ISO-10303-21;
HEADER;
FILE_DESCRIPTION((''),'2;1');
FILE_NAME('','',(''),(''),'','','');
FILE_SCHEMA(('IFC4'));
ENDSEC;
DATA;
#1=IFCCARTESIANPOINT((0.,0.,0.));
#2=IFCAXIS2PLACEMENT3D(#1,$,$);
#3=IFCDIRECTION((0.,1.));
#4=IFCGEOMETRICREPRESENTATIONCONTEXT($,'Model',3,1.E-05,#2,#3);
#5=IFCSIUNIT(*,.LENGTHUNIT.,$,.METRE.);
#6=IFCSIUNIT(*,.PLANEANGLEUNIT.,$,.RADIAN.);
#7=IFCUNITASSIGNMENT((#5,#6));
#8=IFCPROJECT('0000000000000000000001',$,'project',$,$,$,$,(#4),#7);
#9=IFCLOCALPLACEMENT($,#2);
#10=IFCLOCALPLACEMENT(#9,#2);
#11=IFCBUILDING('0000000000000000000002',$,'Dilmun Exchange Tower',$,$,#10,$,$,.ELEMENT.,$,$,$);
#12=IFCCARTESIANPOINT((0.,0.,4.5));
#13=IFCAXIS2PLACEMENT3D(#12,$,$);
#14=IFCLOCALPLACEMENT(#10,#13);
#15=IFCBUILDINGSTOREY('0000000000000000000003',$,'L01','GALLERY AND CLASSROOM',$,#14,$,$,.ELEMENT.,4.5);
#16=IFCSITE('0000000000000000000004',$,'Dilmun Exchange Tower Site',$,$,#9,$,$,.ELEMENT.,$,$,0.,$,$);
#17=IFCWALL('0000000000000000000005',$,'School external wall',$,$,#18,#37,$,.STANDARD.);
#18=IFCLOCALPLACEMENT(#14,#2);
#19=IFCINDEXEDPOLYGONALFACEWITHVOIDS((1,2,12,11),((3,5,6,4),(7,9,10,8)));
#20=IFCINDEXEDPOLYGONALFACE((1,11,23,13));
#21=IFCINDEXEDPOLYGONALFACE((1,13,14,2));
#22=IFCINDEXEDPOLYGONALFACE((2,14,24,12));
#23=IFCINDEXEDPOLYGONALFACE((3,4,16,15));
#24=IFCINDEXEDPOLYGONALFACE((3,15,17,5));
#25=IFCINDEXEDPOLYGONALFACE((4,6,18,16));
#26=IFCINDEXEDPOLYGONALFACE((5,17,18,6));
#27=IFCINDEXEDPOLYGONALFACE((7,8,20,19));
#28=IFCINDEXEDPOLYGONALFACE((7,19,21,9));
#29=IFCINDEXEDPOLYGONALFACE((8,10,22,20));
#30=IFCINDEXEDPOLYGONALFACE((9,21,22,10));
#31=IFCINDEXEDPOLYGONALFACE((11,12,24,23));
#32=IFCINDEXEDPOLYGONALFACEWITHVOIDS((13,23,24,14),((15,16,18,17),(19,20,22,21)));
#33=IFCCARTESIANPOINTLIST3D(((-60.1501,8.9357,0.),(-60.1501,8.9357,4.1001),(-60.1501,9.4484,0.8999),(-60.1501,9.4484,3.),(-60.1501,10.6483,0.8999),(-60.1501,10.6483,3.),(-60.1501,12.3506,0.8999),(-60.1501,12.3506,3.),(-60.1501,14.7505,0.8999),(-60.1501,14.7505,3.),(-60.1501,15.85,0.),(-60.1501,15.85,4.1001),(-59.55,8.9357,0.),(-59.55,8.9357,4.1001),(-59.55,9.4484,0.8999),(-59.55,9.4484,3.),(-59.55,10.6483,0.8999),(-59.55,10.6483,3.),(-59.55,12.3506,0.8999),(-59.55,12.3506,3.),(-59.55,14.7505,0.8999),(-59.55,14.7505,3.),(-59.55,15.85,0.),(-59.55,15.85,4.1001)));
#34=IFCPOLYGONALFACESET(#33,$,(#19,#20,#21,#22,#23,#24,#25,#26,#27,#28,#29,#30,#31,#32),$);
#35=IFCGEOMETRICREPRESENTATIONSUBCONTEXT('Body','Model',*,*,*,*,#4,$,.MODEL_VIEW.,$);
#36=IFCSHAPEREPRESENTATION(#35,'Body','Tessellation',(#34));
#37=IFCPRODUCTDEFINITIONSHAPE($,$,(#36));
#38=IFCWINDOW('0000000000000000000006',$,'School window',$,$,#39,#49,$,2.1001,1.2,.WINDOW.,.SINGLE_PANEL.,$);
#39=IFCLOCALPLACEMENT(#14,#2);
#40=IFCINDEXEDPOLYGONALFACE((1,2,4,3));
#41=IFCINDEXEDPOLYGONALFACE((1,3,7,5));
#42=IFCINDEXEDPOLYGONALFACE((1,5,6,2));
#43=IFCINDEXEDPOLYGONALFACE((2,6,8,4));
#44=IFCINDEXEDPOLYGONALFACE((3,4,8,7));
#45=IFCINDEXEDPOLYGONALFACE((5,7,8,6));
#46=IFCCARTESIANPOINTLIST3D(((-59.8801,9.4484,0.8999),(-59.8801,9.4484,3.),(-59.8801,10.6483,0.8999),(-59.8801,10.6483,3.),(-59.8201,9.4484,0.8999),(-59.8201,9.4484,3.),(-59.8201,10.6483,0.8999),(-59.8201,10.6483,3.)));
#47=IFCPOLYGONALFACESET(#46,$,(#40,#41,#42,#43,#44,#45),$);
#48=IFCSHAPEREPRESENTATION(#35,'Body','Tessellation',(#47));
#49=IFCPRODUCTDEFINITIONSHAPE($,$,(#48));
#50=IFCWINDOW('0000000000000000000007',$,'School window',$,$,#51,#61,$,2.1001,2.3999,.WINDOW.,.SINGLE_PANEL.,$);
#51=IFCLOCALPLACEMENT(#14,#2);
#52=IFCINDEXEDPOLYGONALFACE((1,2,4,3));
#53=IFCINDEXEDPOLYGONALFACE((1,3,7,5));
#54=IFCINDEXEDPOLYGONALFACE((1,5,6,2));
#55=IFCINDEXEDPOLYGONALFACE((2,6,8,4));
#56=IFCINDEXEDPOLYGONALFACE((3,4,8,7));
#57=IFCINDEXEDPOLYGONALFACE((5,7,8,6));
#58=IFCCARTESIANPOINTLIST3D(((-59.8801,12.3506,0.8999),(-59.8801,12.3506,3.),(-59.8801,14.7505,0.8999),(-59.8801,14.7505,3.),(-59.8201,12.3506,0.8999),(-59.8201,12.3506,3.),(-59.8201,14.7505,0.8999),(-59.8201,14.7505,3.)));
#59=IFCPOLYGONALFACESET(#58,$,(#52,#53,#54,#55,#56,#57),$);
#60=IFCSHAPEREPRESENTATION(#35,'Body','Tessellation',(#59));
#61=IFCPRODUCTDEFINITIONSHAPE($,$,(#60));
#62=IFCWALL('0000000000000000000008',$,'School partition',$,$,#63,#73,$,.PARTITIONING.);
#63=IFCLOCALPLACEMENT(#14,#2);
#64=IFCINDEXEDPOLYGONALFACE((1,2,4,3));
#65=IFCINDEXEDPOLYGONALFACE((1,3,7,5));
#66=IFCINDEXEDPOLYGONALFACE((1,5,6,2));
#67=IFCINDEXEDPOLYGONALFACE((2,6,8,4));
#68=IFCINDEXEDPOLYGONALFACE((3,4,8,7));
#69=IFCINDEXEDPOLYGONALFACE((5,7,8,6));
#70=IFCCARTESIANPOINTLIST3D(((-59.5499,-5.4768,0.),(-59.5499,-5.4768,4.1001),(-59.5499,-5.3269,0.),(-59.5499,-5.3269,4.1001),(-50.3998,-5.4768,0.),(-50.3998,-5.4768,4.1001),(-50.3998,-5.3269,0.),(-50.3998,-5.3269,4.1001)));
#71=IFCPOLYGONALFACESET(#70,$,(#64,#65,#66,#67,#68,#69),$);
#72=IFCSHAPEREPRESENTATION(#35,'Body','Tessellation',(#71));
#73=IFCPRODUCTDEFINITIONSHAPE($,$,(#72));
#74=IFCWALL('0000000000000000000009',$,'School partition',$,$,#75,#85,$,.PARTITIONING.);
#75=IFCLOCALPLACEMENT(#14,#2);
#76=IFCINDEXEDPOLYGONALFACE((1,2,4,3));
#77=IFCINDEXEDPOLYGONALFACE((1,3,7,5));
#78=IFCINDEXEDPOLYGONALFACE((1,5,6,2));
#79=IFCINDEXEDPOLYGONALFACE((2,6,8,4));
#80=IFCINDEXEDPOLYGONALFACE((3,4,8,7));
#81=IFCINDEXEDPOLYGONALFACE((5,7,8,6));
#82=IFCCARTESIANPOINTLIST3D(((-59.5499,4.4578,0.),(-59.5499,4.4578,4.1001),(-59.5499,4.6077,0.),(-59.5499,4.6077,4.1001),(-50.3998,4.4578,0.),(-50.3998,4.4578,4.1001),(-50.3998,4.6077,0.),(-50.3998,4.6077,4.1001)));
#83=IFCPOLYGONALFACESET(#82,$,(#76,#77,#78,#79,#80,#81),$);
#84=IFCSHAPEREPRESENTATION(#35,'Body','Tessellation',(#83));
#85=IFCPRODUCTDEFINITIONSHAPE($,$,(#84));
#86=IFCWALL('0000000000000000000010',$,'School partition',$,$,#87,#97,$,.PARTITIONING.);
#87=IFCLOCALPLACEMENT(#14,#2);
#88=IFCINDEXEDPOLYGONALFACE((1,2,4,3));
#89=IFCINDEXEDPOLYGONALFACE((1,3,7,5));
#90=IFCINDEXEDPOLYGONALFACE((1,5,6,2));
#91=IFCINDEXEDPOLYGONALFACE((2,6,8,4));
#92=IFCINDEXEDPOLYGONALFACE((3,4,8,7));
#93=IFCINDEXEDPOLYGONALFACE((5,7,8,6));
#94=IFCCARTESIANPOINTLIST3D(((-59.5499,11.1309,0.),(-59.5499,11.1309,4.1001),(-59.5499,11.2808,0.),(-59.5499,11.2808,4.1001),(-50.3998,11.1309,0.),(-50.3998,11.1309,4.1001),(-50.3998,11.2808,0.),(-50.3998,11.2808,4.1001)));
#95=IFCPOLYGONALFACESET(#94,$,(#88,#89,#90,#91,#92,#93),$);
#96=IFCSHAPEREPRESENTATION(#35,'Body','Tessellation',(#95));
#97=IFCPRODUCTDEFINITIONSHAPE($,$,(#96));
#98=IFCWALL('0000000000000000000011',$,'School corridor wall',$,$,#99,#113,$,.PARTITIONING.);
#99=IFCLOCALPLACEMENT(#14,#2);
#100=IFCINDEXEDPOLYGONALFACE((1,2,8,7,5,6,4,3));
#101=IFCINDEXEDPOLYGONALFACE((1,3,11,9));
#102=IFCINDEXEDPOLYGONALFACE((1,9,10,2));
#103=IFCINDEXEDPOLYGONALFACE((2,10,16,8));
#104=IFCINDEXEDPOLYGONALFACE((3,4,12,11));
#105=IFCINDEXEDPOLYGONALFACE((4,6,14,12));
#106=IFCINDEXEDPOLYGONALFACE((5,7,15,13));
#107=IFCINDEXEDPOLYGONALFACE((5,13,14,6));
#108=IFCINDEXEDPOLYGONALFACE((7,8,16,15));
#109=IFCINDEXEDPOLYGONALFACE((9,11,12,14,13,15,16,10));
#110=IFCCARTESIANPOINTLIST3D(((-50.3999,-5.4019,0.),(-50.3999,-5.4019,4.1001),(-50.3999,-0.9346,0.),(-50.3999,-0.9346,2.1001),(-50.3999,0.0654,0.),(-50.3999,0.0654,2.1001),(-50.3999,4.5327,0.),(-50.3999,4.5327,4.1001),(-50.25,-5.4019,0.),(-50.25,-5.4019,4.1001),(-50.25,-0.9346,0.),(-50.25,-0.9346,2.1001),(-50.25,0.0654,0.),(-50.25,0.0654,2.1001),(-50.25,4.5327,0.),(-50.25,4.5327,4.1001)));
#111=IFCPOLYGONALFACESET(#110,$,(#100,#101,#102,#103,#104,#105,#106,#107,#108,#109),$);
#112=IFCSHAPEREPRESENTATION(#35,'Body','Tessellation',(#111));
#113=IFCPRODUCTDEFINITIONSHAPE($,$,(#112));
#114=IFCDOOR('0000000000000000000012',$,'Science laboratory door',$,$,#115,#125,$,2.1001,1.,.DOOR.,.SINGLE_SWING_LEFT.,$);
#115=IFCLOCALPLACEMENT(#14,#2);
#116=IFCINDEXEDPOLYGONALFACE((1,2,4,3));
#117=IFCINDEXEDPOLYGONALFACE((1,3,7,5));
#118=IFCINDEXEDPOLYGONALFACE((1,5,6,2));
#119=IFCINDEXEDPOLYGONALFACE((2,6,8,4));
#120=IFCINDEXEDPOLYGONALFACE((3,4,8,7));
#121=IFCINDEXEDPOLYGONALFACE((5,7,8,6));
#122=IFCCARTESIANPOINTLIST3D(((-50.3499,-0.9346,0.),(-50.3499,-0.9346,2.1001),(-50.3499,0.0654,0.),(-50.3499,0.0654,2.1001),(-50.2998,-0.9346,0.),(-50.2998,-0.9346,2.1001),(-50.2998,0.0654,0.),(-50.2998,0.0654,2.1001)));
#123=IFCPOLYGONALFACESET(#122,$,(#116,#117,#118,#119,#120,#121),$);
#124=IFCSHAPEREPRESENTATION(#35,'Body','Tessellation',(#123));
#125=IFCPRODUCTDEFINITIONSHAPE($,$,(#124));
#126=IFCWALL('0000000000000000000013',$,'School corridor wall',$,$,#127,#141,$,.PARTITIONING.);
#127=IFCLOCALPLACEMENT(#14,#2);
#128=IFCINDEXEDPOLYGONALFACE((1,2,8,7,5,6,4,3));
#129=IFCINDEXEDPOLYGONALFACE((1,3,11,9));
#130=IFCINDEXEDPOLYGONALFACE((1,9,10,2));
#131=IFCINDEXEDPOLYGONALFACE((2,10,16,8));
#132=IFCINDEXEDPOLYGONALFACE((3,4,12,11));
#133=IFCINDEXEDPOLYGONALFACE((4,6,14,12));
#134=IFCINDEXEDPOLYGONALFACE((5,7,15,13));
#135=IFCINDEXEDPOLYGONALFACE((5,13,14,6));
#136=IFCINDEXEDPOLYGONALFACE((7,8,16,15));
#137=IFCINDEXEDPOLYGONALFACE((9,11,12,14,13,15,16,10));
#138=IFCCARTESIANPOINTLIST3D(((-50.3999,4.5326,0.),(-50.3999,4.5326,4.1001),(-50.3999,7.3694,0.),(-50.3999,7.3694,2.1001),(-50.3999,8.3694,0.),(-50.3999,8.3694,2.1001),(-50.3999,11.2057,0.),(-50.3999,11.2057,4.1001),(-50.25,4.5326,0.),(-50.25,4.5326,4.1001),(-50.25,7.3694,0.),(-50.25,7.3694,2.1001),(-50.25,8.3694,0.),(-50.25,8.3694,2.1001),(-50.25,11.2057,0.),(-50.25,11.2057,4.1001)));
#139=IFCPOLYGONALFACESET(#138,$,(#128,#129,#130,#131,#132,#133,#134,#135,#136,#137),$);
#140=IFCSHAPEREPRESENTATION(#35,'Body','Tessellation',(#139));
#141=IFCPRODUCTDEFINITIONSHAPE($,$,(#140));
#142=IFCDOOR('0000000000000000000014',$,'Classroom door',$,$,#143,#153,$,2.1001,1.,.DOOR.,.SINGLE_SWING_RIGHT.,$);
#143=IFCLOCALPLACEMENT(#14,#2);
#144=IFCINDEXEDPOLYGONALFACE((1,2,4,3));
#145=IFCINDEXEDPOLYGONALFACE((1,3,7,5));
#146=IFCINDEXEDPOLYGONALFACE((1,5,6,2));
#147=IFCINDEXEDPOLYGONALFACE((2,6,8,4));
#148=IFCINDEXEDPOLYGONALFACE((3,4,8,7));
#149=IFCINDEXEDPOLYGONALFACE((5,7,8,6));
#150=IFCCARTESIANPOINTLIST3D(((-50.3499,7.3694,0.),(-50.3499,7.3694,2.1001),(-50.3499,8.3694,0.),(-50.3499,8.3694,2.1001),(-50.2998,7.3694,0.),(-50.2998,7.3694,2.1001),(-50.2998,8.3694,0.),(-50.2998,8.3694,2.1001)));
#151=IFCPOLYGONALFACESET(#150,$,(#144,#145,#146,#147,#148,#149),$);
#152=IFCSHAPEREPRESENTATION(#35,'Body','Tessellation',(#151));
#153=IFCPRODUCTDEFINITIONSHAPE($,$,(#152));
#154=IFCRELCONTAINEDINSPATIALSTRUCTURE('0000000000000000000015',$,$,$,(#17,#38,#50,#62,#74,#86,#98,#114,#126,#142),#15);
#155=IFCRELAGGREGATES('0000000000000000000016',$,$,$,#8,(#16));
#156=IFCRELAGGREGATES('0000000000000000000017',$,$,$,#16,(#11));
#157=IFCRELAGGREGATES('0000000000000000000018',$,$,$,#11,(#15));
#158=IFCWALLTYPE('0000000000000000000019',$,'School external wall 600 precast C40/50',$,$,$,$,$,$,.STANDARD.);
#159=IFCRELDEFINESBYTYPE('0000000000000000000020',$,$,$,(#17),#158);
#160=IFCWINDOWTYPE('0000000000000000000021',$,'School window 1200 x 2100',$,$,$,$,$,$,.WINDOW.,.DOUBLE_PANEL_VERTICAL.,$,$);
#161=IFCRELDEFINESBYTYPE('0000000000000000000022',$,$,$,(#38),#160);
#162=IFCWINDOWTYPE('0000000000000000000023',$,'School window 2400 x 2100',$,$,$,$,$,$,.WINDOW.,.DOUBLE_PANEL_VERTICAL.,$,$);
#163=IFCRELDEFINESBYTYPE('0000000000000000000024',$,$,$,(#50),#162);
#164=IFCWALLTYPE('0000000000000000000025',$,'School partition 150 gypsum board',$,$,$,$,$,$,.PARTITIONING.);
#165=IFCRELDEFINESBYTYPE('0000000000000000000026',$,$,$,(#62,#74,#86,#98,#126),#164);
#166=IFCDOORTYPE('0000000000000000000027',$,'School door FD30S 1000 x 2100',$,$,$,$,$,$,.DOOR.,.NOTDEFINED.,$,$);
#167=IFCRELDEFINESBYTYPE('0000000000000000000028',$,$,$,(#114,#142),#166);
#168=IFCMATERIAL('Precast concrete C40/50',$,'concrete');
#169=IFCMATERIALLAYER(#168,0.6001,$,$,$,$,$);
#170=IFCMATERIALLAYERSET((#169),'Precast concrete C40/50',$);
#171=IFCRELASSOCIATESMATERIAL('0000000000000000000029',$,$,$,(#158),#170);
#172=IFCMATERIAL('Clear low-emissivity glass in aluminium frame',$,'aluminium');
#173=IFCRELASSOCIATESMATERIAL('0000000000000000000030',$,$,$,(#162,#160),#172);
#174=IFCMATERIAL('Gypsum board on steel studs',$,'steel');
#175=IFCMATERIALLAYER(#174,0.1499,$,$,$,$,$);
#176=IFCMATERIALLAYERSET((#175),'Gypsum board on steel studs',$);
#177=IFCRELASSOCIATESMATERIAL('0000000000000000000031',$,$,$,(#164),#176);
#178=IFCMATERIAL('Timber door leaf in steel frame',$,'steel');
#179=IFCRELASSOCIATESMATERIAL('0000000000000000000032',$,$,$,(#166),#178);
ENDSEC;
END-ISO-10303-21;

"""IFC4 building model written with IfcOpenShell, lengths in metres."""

from ifc_helpers import new_model, si_unit, direction, frame, frame_2d, origin, place, context, subcontext, project, spatial, rectangle, extrude, material, layer, layer_set, type_object, element, fill, save


model = new_model("IFC4")

# Units and contexts
model_context = context("Model", 3, precision=1e-05, world=origin(), true_north=direction((0.0, 1.0)))
body_context = subcontext(model_context, "Body", "Model", "MODEL_VIEW")
ifc_project = project(units=[si_unit("LENGTHUNIT", "METRE"), si_unit("PLANEANGLEUNIT", "RADIAN")], contexts=[model_context])

# Site, building, storey
site_placement = place(None, origin())
site = spatial("IfcSite", under=ifc_project, at=site_placement, Name="Dilmun Exchange Tower Site", CompositionType="ELEMENT", RefElevation=0.0)
building_placement = place(site_placement, origin())
building = spatial("IfcBuilding", under=site, at=building_placement, Name="Dilmun Exchange Tower", CompositionType="ELEMENT")
storey_placement = place(building_placement, frame((0.0, 0.0, 4.5)))
storey = spatial("IfcBuildingStorey", under=building, at=storey_placement, Name="L01", Description="GALLERY AND CLASSROOM", CompositionType="ELEMENT", Elevation=4.5)

# Shared definitions
ifc_material_1 = material(Name="Precast concrete C40/50", Category="concrete")
ifc_layer_1 = layer(ifc_material_1, 0.6001)
ifc_layer_set_1 = layer_set([ifc_layer_1], Name="Precast concrete C40/50")
wall_type_1 = type_object("IfcWallType", Name="School external wall 600 precast C40/50", PredefinedType="STANDARD", material=ifc_layer_set_1)
ifc_material_2 = material(Name="Clear low-emissivity glass in aluminium frame", Category="aluminium")
window_type_1 = type_object("IfcWindowType", Name="School window 2400 x 2100", PartitioningType="DOUBLE_PANEL_VERTICAL", PredefinedType="WINDOW", material=ifc_material_2)

# Wall, openings, windows
wall_1_placement = place(storey_placement, frame((-59.8501, 8.9358, 0.0), z_axis=(0.0, 0.0, 1.0), x_axis=(0.0, 1.0, 0.0)))
wall_1 = element("IfcWall", 1, at=wall_1_placement, inside=storey, type_object=wall_type_1, Name="School external wall", PredefinedType="STANDARD", context=body_context, shape_type="SweptSolid", body=[
    extrude(rectangle(XDim=6.9143, YDim=0.6001, at=frame_2d((3.457, 0.0))), origin(), (0.0, 0.0, 1.0), 4.1001),
])
opening_1_placement = place(wall_1_placement, frame((0.5125, 0.0, 0.8999)))
opening_1 = element("IfcOpeningElement", 2, at=opening_1_placement, cuts=wall_1, PredefinedType="OPENING", context=body_context, shape_type="SweptSolid", body=[
    extrude(rectangle(XDim=1.2, YDim=2.1001, at=frame_2d((0.6001, 1.05))), frame((0.0, 0.3101, 0.0), z_axis=(0.0, -1.0, 0.0), x_axis=(1.0, 0.0, 0.0)), (0.0, 0.0, 1.0), 0.6201),
])
opening_2_placement = place(wall_1_placement, frame((3.4148, 0.0, 0.8999)))
opening_2 = element("IfcOpeningElement", 3, at=opening_2_placement, cuts=wall_1, PredefinedType="OPENING", context=body_context, shape_type="SweptSolid", body=[
    extrude(rectangle(XDim=2.3999, YDim=2.1001, at=frame_2d((1.2, 1.05))), frame((0.0, 0.3101, 0.0), z_axis=(0.0, -1.0, 0.0), x_axis=(1.0, 0.0, 0.0)), (0.0, 0.0, 1.0), 0.6201),
])
window_type_2 = type_object("IfcWindowType", Name="School window 1200 x 2100", PartitioningType="DOUBLE_PANEL_VERTICAL", PredefinedType="WINDOW", material=ifc_material_2)
window_1_placement = place(opening_1_placement, origin())
window_1 = element("IfcWindow", 4, at=window_1_placement, inside=storey, type_object=window_type_2, Name="School window", OverallHeight=2.1001, OverallWidth=1.2, PartitioningType="SINGLE_PANEL", PredefinedType="WINDOW", context=body_context, shape_type="SweptSolid", body=[
    extrude(rectangle(XDim=1.2, YDim=2.1001, at=frame_2d((0.6001, 1.05))), frame((0.0, 0.03, 0.0), z_axis=(0.0, -1.0, 0.0), x_axis=(1.0, 0.0, 0.0)), (0.0, 0.0, 1.0), 0.0601),
])
fill(opening_1, window_1)
window_2_placement = place(opening_2_placement, origin())
window_2 = element("IfcWindow", 5, at=window_2_placement, inside=storey, type_object=window_type_1, Name="School window", OverallHeight=2.1001, OverallWidth=2.3999, PartitioningType="SINGLE_PANEL", PredefinedType="WINDOW", context=body_context, shape_type="SweptSolid", body=[
    extrude(rectangle(XDim=2.3999, YDim=2.1001, at=frame_2d((1.2, 1.05))), frame((0.0, 0.03, 0.0), z_axis=(0.0, -1.0, 0.0), x_axis=(1.0, 0.0, 0.0)), (0.0, 0.0, 1.0), 0.0601),
])
fill(opening_2, window_2)

# Walls
ifc_material_3 = material(Name="Gypsum board on steel studs", Category="steel")
ifc_layer_2 = layer(ifc_material_3, 0.1499)
ifc_layer_set_2 = layer_set([ifc_layer_2], Name="Gypsum board on steel studs")
wall_type_2 = type_object("IfcWallType", Name="School partition 150 gypsum board", PredefinedType="PARTITIONING", material=ifc_layer_set_2)
for number, where, z_axis, x_axis, name in (
    (6, (-59.55, -5.4019, 0.0), (0.0, 0.0, 1.0), (1.0, 0.0, 0.0), "School partition"),
    (7, (-59.55, 4.5327, 0.0), (0.0, 0.0, 1.0), (1.0, 0.0, 0.0), "School partition"),
    (8, (-59.55, 11.2058, 0.0), (0.0, 0.0, 1.0), (1.0, 0.0, 0.0), "School partition"),
):
    element("IfcWall", number, at=place(storey_placement, frame(where, z_axis=z_axis, x_axis=x_axis)), inside=storey, type_object=wall_type_2, Name=name, PredefinedType="PARTITIONING", context=body_context, shape_type="SweptSolid", body=[
        extrude(rectangle(XDim=9.1501, YDim=0.1499, at=frame_2d((4.5752, 0.0))), origin(), (0.0, 0.0, 1.0), 4.1001),
    ])

# Walls, openings, doors
wall_2_placement = place(storey_placement, frame((-50.325, -5.4019, 0.0), z_axis=(0.0, 0.0, 1.0), x_axis=(0.0, 1.0, 0.0)))
wall_2 = element("IfcWall", 9, at=wall_2_placement, inside=storey, type_object=wall_type_2, Name="School corridor wall", PredefinedType="PARTITIONING", context=body_context, shape_type="SweptSolid", body=[
    extrude(rectangle(XDim=9.9346, YDim=0.1499, at=frame_2d((4.9673, 0.0))), origin(), (0.0, 0.0, 1.0), 4.1001),
])
opening_3_placement = place(wall_2_placement, frame((4.4673, 0.0, 0.0)))
opening_3 = element("IfcOpeningElement", 10, at=opening_3_placement, cuts=wall_2, PredefinedType="OPENING", context=body_context, shape_type="SweptSolid", body=[
    extrude(rectangle(XDim=1.0, YDim=2.1001, at=frame_2d((0.5, 1.05))), frame((0.0, 0.085, 0.0), z_axis=(0.0, -1.0, 0.0), x_axis=(1.0, 0.0, 0.0)), (0.0, 0.0, 1.0), 0.1699),
])
ifc_material_4 = material(Name="Timber door leaf in steel frame", Category="steel")
door_type = type_object("IfcDoorType", Name="School door FD30S 1000 x 2100", OperationType="NOTDEFINED", PredefinedType="DOOR", material=ifc_material_4)
door_1_placement = place(opening_3_placement, origin())
door_1 = element("IfcDoor", 11, at=door_1_placement, inside=storey, type_object=door_type, Name="Science laboratory door", OperationType="SINGLE_SWING_LEFT", OverallHeight=2.1001, OverallWidth=1.0, PredefinedType="DOOR", context=body_context, shape_type="SweptSolid", body=[
    extrude(rectangle(XDim=1.0, YDim=2.1001, at=frame_2d((0.5, 1.05))), frame((0.0, 0.0249, 0.0), z_axis=(0.0, -1.0, 0.0), x_axis=(1.0, 0.0, 0.0)), (0.0, 0.0, 1.0), 0.05),
])
fill(opening_3, door_1)
wall_3_placement = place(storey_placement, frame((-50.325, 4.5327, 0.0), z_axis=(0.0, 0.0, 1.0), x_axis=(0.0, 1.0, 0.0)))
wall_3 = element("IfcWall", 12, at=wall_3_placement, inside=storey, type_object=wall_type_2, Name="School corridor wall", PredefinedType="PARTITIONING", context=body_context, shape_type="SweptSolid", body=[
    extrude(rectangle(XDim=6.6731, YDim=0.1499, at=frame_2d((3.3364, 0.0))), origin(), (0.0, 0.0, 1.0), 4.1001),
])
opening_4_placement = place(wall_3_placement, frame((2.8367, 0.0, 0.0)))
opening_4 = element("IfcOpeningElement", 13, at=opening_4_placement, cuts=wall_3, PredefinedType="OPENING", context=body_context, shape_type="SweptSolid", body=[
    extrude(rectangle(XDim=1.0, YDim=2.1001, at=frame_2d((0.5, 1.05))), frame((0.0, 0.085, 0.0), z_axis=(0.0, -1.0, 0.0), x_axis=(1.0, 0.0, 0.0)), (0.0, 0.0, 1.0), 0.1699),
])
door_2_placement = place(opening_4_placement, origin())
door_2 = element("IfcDoor", 14, at=door_2_placement, inside=storey, type_object=door_type, Name="Classroom door", OperationType="SINGLE_SWING_RIGHT", OverallHeight=2.1001, OverallWidth=1.0, PredefinedType="DOOR", context=body_context, shape_type="SweptSolid", body=[
    extrude(rectangle(XDim=1.0, YDim=2.1001, at=frame_2d((0.5, 1.05))), frame((0.0, 0.0249, 0.0), z_axis=(0.0, -1.0, 0.0), x_axis=(1.0, 0.0, 0.0)), (0.0, 0.0, 1.0), 0.05),
])
fill(opening_4, door_2)

save(model, "model.ifc")
